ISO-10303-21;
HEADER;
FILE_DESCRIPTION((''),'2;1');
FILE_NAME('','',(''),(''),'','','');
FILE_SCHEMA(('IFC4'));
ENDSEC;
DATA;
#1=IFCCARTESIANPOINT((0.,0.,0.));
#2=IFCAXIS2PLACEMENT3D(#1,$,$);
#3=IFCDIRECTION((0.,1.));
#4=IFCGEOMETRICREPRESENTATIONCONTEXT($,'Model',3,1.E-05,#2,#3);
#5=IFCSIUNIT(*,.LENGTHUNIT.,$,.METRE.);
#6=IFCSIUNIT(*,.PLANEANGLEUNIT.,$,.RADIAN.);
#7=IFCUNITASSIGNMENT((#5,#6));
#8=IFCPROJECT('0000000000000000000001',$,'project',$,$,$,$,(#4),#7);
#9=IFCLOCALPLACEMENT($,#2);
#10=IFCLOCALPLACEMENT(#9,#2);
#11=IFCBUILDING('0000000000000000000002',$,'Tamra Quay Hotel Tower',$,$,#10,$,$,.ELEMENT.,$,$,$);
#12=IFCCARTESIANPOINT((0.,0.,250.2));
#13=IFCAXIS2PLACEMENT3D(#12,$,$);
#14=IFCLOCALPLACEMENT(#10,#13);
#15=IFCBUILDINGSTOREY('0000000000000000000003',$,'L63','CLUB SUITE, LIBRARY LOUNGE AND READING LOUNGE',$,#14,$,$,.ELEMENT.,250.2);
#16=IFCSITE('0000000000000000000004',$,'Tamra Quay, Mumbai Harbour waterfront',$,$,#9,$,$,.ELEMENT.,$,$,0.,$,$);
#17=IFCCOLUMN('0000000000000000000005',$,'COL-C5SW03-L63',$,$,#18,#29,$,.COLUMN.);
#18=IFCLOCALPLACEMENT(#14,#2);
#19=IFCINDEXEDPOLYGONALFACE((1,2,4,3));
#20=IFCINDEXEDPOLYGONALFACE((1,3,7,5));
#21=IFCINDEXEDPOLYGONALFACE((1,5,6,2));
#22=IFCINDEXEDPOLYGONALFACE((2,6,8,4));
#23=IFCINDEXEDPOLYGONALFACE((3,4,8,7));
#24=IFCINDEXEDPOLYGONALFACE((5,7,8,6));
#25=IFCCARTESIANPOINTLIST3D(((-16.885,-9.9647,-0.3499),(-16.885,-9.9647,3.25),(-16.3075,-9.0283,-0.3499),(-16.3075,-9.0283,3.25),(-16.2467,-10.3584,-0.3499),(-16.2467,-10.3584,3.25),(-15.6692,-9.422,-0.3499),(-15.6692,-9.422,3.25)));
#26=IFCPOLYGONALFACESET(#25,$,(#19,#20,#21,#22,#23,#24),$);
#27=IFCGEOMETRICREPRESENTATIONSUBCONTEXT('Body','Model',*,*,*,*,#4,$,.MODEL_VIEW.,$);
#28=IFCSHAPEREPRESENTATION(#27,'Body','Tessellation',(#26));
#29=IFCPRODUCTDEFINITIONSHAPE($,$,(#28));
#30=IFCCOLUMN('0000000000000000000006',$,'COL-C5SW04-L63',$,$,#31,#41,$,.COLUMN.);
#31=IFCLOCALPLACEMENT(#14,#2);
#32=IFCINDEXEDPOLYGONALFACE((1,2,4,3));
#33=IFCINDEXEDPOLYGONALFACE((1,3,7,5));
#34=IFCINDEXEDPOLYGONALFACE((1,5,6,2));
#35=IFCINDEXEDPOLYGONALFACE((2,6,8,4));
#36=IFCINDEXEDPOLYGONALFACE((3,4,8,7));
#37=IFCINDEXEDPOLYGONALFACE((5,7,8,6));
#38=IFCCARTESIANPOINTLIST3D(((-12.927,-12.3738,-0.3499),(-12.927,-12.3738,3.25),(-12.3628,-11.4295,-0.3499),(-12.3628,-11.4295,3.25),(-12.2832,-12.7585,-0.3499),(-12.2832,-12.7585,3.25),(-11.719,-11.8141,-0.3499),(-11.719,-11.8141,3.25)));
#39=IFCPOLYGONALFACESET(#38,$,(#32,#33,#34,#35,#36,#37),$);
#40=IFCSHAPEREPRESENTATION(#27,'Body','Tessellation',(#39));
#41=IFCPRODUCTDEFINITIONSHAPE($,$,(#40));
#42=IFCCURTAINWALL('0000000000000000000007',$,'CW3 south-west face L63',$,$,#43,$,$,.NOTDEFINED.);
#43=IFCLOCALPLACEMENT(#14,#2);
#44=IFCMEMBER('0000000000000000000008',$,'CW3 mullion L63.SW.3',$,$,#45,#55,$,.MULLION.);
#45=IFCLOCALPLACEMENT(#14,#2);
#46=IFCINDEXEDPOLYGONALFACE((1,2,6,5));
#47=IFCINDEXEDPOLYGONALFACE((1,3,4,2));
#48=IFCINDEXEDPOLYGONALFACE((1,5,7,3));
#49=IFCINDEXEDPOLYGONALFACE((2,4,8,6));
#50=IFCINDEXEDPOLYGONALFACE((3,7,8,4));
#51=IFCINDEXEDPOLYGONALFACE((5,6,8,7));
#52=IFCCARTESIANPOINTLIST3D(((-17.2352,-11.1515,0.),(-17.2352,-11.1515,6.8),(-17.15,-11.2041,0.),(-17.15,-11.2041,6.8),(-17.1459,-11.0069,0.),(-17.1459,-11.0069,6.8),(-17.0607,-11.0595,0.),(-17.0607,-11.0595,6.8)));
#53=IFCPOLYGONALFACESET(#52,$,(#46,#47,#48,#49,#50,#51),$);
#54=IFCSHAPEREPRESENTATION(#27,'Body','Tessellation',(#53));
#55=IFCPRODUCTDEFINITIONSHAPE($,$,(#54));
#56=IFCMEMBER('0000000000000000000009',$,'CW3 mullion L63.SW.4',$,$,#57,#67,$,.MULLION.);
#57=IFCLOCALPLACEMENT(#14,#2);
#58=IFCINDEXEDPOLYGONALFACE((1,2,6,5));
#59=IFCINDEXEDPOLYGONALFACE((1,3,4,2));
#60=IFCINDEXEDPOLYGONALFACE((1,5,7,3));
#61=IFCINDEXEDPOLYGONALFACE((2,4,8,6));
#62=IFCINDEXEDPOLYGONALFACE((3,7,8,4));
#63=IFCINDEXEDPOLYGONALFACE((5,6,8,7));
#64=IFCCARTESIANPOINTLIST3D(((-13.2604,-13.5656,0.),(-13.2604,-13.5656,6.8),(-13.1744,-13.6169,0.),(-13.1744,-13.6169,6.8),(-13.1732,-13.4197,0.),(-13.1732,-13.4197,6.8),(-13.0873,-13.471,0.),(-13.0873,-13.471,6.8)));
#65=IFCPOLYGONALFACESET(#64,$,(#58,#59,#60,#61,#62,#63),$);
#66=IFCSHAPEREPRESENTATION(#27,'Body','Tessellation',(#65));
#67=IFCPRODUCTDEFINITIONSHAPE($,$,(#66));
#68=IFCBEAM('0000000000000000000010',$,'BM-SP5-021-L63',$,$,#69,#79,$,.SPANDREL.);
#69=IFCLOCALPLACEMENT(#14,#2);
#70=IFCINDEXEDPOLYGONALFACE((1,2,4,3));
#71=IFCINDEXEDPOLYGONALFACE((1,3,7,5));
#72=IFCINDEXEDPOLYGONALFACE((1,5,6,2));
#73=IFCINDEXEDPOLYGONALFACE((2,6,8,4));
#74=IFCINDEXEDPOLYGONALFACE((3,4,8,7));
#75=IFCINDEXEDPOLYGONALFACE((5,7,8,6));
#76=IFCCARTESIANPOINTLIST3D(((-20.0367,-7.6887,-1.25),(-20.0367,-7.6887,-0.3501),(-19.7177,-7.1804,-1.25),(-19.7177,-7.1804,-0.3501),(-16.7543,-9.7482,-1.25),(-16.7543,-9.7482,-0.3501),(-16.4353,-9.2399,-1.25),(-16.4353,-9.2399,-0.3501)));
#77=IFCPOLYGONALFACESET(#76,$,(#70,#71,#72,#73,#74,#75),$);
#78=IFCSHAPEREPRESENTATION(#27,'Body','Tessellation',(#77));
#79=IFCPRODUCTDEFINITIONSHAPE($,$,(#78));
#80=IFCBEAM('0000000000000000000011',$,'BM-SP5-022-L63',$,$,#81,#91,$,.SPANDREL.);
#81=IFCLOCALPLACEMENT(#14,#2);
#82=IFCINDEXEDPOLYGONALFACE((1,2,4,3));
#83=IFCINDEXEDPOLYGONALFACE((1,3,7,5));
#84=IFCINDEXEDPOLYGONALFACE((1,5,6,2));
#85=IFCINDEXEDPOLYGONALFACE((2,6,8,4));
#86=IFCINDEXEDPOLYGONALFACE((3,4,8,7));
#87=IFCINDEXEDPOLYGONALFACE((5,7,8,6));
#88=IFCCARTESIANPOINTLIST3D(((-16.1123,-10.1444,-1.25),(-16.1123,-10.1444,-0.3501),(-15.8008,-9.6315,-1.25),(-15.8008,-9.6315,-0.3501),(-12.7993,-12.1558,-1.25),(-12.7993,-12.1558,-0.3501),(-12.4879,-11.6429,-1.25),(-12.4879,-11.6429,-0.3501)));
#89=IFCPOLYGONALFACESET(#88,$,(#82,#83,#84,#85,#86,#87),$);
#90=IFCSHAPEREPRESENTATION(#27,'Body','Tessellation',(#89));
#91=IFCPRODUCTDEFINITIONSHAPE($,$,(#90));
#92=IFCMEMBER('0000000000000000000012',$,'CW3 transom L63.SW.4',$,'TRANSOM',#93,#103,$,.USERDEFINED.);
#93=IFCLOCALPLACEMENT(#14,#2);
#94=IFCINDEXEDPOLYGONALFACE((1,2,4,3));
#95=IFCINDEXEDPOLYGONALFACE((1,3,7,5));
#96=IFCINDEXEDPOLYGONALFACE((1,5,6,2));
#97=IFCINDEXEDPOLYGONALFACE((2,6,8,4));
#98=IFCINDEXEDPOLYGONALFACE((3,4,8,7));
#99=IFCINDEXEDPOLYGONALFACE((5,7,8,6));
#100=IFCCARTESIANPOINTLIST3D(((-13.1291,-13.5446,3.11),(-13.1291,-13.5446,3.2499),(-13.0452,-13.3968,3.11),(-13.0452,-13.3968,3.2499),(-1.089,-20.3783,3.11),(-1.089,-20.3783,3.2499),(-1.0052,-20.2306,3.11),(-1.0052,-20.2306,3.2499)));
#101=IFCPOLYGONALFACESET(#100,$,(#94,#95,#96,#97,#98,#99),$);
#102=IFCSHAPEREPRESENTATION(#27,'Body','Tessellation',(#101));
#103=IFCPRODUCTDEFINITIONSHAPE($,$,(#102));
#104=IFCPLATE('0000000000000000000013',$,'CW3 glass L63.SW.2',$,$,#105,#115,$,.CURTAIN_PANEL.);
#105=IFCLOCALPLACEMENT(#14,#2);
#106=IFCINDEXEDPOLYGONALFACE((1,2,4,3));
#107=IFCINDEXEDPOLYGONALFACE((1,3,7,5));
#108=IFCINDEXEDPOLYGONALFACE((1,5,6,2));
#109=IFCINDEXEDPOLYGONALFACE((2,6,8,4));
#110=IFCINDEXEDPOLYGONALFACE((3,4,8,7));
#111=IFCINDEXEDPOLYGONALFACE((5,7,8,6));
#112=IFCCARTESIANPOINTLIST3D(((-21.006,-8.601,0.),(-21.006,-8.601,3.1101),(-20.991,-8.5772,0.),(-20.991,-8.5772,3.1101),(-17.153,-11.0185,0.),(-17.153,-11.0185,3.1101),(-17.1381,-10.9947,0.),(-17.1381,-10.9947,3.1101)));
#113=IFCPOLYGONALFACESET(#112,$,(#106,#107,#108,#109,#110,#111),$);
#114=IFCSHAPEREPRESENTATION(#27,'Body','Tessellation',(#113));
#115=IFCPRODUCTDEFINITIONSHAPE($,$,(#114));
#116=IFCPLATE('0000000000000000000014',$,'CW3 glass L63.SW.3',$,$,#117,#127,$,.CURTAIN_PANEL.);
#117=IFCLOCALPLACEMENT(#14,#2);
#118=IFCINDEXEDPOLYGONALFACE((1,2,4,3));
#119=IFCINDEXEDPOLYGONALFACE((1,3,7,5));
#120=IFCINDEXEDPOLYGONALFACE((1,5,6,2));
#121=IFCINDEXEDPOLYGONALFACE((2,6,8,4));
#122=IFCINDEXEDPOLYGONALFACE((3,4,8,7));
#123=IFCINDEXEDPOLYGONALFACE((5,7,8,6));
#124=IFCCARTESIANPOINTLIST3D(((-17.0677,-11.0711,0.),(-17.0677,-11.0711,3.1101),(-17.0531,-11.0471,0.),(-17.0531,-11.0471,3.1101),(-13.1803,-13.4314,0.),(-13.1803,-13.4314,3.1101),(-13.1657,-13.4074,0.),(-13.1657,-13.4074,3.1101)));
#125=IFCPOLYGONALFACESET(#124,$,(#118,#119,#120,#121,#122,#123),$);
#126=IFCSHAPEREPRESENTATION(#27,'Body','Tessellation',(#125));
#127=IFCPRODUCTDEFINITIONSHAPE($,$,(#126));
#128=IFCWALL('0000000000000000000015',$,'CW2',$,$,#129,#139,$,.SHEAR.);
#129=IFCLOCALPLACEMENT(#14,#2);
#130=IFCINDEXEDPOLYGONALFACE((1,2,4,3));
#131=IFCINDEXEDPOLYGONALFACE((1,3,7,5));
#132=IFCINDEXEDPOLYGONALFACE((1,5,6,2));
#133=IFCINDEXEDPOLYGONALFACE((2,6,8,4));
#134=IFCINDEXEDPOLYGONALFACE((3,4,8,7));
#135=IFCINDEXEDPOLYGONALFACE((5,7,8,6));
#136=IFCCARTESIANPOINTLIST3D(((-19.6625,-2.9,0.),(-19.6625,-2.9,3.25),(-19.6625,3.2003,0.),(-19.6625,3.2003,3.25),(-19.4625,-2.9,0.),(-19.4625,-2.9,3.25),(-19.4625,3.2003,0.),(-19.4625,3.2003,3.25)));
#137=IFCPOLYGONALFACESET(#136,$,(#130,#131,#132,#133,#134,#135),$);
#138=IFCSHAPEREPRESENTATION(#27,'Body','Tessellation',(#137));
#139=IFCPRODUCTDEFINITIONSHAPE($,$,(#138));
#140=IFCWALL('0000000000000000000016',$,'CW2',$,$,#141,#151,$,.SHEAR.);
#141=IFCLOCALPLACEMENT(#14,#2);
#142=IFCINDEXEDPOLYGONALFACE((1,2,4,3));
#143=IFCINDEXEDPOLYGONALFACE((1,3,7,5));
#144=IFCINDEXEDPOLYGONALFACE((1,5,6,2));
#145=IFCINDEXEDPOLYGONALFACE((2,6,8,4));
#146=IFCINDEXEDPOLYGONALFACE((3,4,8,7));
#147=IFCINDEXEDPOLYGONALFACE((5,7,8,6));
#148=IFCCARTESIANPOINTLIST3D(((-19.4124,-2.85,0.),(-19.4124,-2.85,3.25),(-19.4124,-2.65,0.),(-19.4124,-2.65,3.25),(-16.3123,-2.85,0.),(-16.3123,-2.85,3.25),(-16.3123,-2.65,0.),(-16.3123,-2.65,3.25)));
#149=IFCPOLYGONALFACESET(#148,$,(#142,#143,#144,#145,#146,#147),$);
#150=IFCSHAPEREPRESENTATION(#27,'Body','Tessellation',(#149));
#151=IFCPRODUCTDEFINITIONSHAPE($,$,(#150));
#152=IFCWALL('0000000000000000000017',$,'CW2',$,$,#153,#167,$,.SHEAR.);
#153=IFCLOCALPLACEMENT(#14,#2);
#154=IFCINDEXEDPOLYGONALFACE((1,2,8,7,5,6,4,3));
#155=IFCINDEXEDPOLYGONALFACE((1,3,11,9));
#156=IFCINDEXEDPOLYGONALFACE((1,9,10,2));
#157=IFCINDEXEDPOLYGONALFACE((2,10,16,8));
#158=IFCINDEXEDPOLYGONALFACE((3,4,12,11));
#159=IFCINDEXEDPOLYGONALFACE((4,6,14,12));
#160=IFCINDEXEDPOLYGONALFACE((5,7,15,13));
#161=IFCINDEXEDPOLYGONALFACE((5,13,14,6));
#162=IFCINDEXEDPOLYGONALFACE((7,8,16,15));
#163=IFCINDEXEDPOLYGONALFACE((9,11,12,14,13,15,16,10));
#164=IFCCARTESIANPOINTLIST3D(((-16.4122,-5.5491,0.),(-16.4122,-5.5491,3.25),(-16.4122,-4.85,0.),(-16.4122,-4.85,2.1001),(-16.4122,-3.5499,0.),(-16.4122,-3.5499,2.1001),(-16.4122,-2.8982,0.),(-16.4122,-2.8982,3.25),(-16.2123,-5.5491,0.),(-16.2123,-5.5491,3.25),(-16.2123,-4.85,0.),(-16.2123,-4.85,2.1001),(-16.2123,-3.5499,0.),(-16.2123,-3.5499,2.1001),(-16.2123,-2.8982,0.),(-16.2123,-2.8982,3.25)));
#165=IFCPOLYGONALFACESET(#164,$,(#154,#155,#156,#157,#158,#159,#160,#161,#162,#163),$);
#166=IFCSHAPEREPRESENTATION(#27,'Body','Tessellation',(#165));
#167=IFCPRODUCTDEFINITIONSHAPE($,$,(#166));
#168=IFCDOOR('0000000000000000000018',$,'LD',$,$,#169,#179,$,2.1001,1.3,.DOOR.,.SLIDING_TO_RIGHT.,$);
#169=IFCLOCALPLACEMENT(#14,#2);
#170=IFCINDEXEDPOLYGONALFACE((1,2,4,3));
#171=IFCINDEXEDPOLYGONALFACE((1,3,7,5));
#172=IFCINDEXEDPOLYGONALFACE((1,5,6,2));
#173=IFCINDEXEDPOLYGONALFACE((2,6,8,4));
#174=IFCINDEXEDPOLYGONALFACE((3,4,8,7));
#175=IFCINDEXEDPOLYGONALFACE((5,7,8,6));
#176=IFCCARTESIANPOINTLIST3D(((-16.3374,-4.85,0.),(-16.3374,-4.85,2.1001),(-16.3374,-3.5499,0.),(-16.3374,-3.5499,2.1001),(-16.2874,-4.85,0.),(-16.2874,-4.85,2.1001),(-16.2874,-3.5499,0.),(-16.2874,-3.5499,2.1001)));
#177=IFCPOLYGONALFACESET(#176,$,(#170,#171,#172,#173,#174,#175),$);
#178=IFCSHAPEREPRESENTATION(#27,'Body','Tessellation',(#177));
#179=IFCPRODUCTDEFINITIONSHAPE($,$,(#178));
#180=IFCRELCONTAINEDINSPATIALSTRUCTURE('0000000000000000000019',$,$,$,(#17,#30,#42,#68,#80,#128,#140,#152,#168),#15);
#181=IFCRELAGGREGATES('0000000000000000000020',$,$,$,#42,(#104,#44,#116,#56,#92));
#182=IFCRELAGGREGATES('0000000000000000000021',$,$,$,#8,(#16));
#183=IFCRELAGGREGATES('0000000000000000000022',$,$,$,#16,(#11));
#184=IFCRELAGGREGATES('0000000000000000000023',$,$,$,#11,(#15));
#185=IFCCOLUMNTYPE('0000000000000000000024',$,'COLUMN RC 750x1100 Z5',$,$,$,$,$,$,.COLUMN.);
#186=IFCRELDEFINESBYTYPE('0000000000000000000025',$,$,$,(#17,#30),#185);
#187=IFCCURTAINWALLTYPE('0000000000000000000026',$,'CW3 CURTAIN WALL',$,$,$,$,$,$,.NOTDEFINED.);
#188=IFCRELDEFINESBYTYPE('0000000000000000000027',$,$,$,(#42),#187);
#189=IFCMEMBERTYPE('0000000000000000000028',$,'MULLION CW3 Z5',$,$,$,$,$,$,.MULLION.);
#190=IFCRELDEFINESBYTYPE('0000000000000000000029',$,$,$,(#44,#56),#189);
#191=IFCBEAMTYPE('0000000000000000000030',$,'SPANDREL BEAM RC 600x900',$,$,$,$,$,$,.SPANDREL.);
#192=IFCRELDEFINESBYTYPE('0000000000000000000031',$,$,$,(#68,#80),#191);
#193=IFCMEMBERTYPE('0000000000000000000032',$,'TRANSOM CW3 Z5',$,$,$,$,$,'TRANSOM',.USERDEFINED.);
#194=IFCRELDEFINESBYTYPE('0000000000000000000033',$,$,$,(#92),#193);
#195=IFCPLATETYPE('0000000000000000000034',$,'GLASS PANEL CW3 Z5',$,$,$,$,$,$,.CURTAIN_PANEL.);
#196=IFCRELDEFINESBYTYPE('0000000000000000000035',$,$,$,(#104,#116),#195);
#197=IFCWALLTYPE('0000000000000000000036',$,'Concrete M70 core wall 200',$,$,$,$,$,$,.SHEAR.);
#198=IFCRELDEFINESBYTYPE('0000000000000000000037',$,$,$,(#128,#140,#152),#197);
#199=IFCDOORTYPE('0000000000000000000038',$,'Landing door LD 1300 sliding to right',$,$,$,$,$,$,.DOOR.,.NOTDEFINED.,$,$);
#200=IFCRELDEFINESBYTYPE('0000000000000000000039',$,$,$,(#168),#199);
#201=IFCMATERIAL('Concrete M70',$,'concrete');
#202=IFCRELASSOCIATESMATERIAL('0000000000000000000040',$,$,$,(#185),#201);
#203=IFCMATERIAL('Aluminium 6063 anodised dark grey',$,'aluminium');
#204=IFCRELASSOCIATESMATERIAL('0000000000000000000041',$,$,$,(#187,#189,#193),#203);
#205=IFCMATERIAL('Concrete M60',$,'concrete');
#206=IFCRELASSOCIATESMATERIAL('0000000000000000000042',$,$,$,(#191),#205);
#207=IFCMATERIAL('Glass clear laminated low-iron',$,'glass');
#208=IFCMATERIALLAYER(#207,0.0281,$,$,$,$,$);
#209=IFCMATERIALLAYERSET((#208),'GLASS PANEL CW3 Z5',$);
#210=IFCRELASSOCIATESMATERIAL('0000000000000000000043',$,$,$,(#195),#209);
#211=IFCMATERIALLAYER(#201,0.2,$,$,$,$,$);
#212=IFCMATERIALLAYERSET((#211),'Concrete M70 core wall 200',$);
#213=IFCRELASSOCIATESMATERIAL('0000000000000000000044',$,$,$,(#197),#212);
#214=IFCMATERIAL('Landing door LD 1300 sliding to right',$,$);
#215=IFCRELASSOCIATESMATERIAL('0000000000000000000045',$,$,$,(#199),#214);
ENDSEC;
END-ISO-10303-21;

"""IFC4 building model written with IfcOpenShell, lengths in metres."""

from ifc_helpers import new_model, si_unit, direction, frame, frame_2d, origin, origin_2d, place, context, subcontext, project, spatial, rectangle, extrude, material, layer, layer_set, material_profile, profile_set, type_object, element, fill, aggregate, save


model = new_model("IFC4")

# Units and contexts
model_context = context("Model", 3, precision=1e-05, world=origin(), true_north=direction((0.0, 1.0)))
body_context = subcontext(model_context, "Body", "Model", "MODEL_VIEW")
ifc_project = project(units=[si_unit("LENGTHUNIT", "METRE"), si_unit("PLANEANGLEUNIT", "RADIAN")], contexts=[model_context])

# Site, building, storey
site_placement = place(None, origin())
site = spatial("IfcSite", under=ifc_project, at=site_placement, Name="Tamra Quay, Mumbai Harbour waterfront", CompositionType="ELEMENT", RefElevation=0.0)
building_placement = place(site_placement, origin())
building = spatial("IfcBuilding", under=site, at=building_placement, Name="Tamra Quay Hotel Tower", CompositionType="ELEMENT")
storey_placement = place(building_placement, frame((0.0, 0.0, 250.2)))
storey = spatial("IfcBuildingStorey", under=building, at=storey_placement, Name="L63", Description="CLUB SUITE, LIBRARY LOUNGE AND READING LOUNGE", CompositionType="ELEMENT", Elevation=250.2)

# Columns
ifc_material_1 = material(Name="Concrete M70", Category="concrete")
ifc_material_profile_1 = material_profile(ifc_material_1, rectangle(XDim=1.1001, YDim=0.75, at=origin_2d()), Name="COLUMN RC 750x1100 Z5")
ifc_profile_set_1 = profile_set([ifc_material_profile_1], Name="Concrete M70")
column_type = type_object("IfcColumnType", Name="COLUMN RC 750x1100 Z5", PredefinedType="COLUMN", material=ifc_profile_set_1)
for number, where, z_axis, x_axis, name in (
    (1, (-16.2771, -9.6934, -0.3499), (0.0, 0.0, 1.0), (0.524928, 0.851147, 0.0), "COL-C5SW03-L63"),
    (2, (-12.323, -12.094, -0.3499), (0.0, 0.0, 1.0), (0.512899, 0.858449, 0.0), "COL-C5SW04-L63"),
):
    element("IfcColumn", number, at=place(storey_placement, frame(where, z_axis=z_axis, x_axis=x_axis)), inside=storey, type_object=column_type, Name=name, PredefinedType="COLUMN", context=body_context, shape_type="SweptSolid", body=[
        extrude(rectangle(XDim=1.1001, YDim=0.75, at=origin_2d()), origin(), (0.0, 0.0, 1.0), 3.5999),
    ])

# Curtain wall, members
ifc_material_2 = material(Name="Aluminium 6063 anodised dark grey", Category="aluminium")
curtain_wall_type = type_object("IfcCurtainWallType", Name="CW3 CURTAIN WALL", PredefinedType="NOTDEFINED", material=ifc_material_2)
curtain_wall_placement = place(storey_placement, origin())
curtain_wall = element("IfcCurtainWall", 3, at=curtain_wall_placement, inside=storey, type_object=curtain_wall_type, Name="CW3 south-west face L63", PredefinedType="NOTDEFINED")
ifc_material_profile_2 = material_profile(ifc_material_2, rectangle(XDim=0.1699, YDim=0.1001, at=origin_2d()), Name="MULLION 100X170")
ifc_profile_set_2 = profile_set([ifc_material_profile_2], Name="Aluminium 6063 anodised dark grey")
member_type_1 = type_object("IfcMemberType", Name="MULLION CW3 Z5", PredefinedType="MULLION", material=ifc_profile_set_2)
member_1_placement = place(storey_placement, frame((-17.1479, -11.1055, 0.0), z_axis=(0.0, 0.0, 1.0), x_axis=(-0.525249, -0.850949, 0.0)))
member_1 = element("IfcMember", 4, at=member_1_placement, type_object=member_type_1, Name="CW3 mullion L63.SW.3", PredefinedType="MULLION", context=body_context, shape_type="SweptSolid", body=[
    extrude(rectangle(XDim=0.1699, YDim=0.1001, at=origin_2d()), origin(), (0.0, 0.0, 1.0), 6.8),
])
member_2_placement = place(storey_placement, frame((-13.1738, -13.5183, 0.0), z_axis=(0.0, 0.0, 1.0), x_axis=(-0.512687, -0.858575, 0.0)))
member_2 = element("IfcMember", 5, at=member_2_placement, type_object=member_type_1, Name="CW3 mullion L63.SW.4", PredefinedType="MULLION", context=body_context, shape_type="SweptSolid", body=[
    extrude(rectangle(XDim=0.1699, YDim=0.1001, at=origin_2d()), origin(), (0.0, 0.0, 1.0), 6.8),
])

# Beams
ifc_material_3 = material(Name="Concrete M60", Category="concrete")
ifc_material_profile_3 = material_profile(ifc_material_3, rectangle(XDim=0.6001, YDim=0.8999, at=origin_2d()), Name="SPANDREL BEAM RC 600x900")
ifc_profile_set_3 = profile_set([ifc_material_profile_3], Name="Concrete M60")
beam_type = type_object("IfcBeamType", Name="SPANDREL BEAM RC 600x900", PredefinedType="SPANDREL", material=ifc_profile_set_3)
beam_1_placement = place(storey_placement, frame((-19.8772, -7.4346, -0.8), z_axis=(0.847066, -0.531488, 0.0), x_axis=(0.531488, 0.847066, 0.0)))
element("IfcBeam", 6, at=beam_1_placement, inside=storey, type_object=beam_type, Name="BM-SP5-021-L63", PredefinedType="SPANDREL", context=body_context, shape_type="SweptSolid", body=[
    extrude(rectangle(XDim=0.6001, YDim=0.8999, at=origin_2d()), origin(), (0.0, 0.0, 1.0), 3.875),
])
beam_2_placement = place(storey_placement, frame((-15.9565, -9.8879, -0.8), z_axis=(0.854786, -0.518981, 0.0), x_axis=(0.518981, 0.854786, 0.0)))
element("IfcBeam", 7, at=beam_2_placement, inside=storey, type_object=beam_type, Name="BM-SP5-022-L63", PredefinedType="SPANDREL", context=body_context, shape_type="SweptSolid", body=[
    extrude(rectangle(XDim=0.6001, YDim=0.8999, at=origin_2d()), origin(), (0.0, 0.0, 1.0), 3.8757),
])

# Member
ifc_material_profile_4 = material_profile(ifc_material_2, rectangle(XDim=0.1699, YDim=0.1399, at=origin_2d()), Name="TRANSOM 170X140")
ifc_profile_set_4 = profile_set([ifc_material_profile_4], Name="Aluminium 6063 anodised dark grey")
member_type_2 = type_object("IfcMemberType", Name="TRANSOM CW3 Z5", ElementType="TRANSOM", PredefinedType="USERDEFINED", material=ifc_profile_set_4)
member_3_placement = place(storey_placement, frame((-13.0872, -13.4707, 3.1799), z_axis=(0.86968, -0.493617, 0.0), x_axis=(0.493617, 0.86968, 0.0)))
member_3 = element("IfcMember", 8, at=member_3_placement, type_object=member_type_2, Name="CW3 transom L63.SW.4", ObjectType="TRANSOM", PredefinedType="USERDEFINED", context=body_context, shape_type="SweptSolid", body=[
    extrude(rectangle(XDim=0.1699, YDim=0.1399, at=origin_2d()), origin(), (0.0, 0.0, 1.0), 13.8442),
])

# Plates
ifc_material_4 = material(Name="Glass clear laminated low-iron", Category="glass")
ifc_layer_1 = layer(ifc_material_4, 0.0281)
ifc_layer_set_1 = layer_set([ifc_layer_1], Name="GLASS PANEL CW3 Z5")
plate_type = type_object("IfcPlateType", Name="GLASS PANEL CW3 Z5", PredefinedType="CURTAIN_PANEL", material=ifc_layer_set_1)
plate_1_placement = place(storey_placement, frame((-19.072, -9.7979, 0.0), z_axis=(0.0, 0.0, 1.0), x_axis=(0.847068, -0.531484, 0.0)))
plate_1 = element("IfcPlate", 9, at=plate_1_placement, type_object=plate_type, Name="CW3 glass L63.SW.2", PredefinedType="CURTAIN_PANEL", context=body_context, shape_type="SweptSolid", body=[
    extrude(rectangle(XDim=4.5486, YDim=0.0281, at=origin_2d()), origin(), (0.0, 0.0, 1.0), 3.1101),
])
plate_2_placement = place(storey_placement, frame((-15.1167, -12.2393, 0.0), z_axis=(0.0, 0.0, 1.0), x_axis=(0.854783, -0.518985, 0.0)))
plate_2 = element("IfcPlate", 10, at=plate_2_placement, type_object=plate_type, Name="CW3 glass L63.SW.3", PredefinedType="CURTAIN_PANEL", context=body_context, shape_type="SweptSolid", body=[
    extrude(rectangle(XDim=4.5479, YDim=0.0281, at=origin_2d()), origin(), (0.0, 0.0, 1.0), 3.1101),
])
aggregate(curtain_wall, [plate_1, member_1, plate_2, member_2, member_3])

# Walls
ifc_layer_2 = layer(ifc_material_1, 0.2)
ifc_layer_set_2 = layer_set([ifc_layer_2], Name="Concrete M70 core wall 200")
wall_type_1 = type_object("IfcWallType", Name="Concrete M70 core wall 200", PredefinedType="SHEAR", material=ifc_layer_set_2)
wall_1_placement = place(storey_placement, frame((-19.5625, -2.9001, 0.0), z_axis=(0.0, 0.0, 1.0), x_axis=(0.0, 1.0, 0.0)))
element("IfcWall", 11, at=wall_1_placement, inside=storey, type_object=wall_type_1, Name="CW2", PredefinedType="SHEAR", context=body_context, shape_type="SweptSolid", body=[
    extrude(rectangle(XDim=6.1003, YDim=0.2, at=frame_2d((3.0503, 0.0))), origin(), (0.0, 0.0, 1.0), 3.25),
])
wall_2_placement = place(storey_placement, frame((-19.4124, -2.75, 0.0), z_axis=(0.0, 0.0, 1.0), x_axis=(1.0, 0.0, 0.0)))
element("IfcWall", 12, at=wall_2_placement, inside=storey, type_object=wall_type_1, Name="CW2", PredefinedType="SHEAR", context=body_context, shape_type="SweptSolid", body=[
    extrude(rectangle(XDim=3.1001, YDim=0.2, at=frame_2d((1.55, 0.0))), origin(), (0.0, 0.0, 1.0), 3.25),
])

# Wall, opening, door
wall_3_placement = place(storey_placement, frame((-16.3123, -2.8982, 0.0), z_axis=(0.0, 0.0, 1.0), x_axis=(0.0, -1.0, 0.0)))
wall_3 = element("IfcWall", 13, at=wall_3_placement, inside=storey, type_object=wall_type_1, Name="CW2", PredefinedType="SHEAR", context=body_context, shape_type="SweptSolid", body=[
    extrude(rectangle(XDim=2.6509, YDim=0.2, at=frame_2d((1.3254, 0.0))), origin(), (0.0, 0.0, 1.0), 3.25),
])
opening_1_placement = place(wall_3_placement, frame((0.6519, 0.0, 0.0)))
opening_1 = element("IfcOpeningElement", 14, at=opening_1_placement, cuts=wall_3, PredefinedType="OPENING", context=body_context, shape_type="SweptSolid", body=[
    extrude(rectangle(XDim=1.3, YDim=2.1001, at=frame_2d((0.6499, 1.05))), frame((0.0, 0.1099, 0.0), z_axis=(0.0, -1.0, 0.0), x_axis=(1.0, 0.0, 0.0)), (0.0, 0.0, 1.0), 0.22),
])
ifc_material_5 = material(Name="Landing door LD 1300 sliding to right")
door_type_1 = type_object("IfcDoorType", Name="Landing door LD 1300 sliding to right", OperationType="NOTDEFINED", PredefinedType="DOOR", material=ifc_material_5)
door_1_placement = place(opening_1_placement, origin())
door_1 = element("IfcDoor", 15, at=door_1_placement, inside=storey, type_object=door_type_1, Name="LD", OperationType="SLIDING_TO_RIGHT", OverallHeight=2.1001, OverallWidth=1.3, PredefinedType="DOOR", context=body_context, shape_type="SweptSolid", body=[
    extrude(rectangle(XDim=1.3, YDim=2.1001, at=frame_2d((0.6499, 1.05))), frame((0.0, 0.0249, 0.0), z_axis=(0.0, -1.0, 0.0), x_axis=(1.0, 0.0, 0.0)), (0.0, 0.0, 1.0), 0.05),
])
fill(opening_1, door_1)

save(model, "model.ifc")
